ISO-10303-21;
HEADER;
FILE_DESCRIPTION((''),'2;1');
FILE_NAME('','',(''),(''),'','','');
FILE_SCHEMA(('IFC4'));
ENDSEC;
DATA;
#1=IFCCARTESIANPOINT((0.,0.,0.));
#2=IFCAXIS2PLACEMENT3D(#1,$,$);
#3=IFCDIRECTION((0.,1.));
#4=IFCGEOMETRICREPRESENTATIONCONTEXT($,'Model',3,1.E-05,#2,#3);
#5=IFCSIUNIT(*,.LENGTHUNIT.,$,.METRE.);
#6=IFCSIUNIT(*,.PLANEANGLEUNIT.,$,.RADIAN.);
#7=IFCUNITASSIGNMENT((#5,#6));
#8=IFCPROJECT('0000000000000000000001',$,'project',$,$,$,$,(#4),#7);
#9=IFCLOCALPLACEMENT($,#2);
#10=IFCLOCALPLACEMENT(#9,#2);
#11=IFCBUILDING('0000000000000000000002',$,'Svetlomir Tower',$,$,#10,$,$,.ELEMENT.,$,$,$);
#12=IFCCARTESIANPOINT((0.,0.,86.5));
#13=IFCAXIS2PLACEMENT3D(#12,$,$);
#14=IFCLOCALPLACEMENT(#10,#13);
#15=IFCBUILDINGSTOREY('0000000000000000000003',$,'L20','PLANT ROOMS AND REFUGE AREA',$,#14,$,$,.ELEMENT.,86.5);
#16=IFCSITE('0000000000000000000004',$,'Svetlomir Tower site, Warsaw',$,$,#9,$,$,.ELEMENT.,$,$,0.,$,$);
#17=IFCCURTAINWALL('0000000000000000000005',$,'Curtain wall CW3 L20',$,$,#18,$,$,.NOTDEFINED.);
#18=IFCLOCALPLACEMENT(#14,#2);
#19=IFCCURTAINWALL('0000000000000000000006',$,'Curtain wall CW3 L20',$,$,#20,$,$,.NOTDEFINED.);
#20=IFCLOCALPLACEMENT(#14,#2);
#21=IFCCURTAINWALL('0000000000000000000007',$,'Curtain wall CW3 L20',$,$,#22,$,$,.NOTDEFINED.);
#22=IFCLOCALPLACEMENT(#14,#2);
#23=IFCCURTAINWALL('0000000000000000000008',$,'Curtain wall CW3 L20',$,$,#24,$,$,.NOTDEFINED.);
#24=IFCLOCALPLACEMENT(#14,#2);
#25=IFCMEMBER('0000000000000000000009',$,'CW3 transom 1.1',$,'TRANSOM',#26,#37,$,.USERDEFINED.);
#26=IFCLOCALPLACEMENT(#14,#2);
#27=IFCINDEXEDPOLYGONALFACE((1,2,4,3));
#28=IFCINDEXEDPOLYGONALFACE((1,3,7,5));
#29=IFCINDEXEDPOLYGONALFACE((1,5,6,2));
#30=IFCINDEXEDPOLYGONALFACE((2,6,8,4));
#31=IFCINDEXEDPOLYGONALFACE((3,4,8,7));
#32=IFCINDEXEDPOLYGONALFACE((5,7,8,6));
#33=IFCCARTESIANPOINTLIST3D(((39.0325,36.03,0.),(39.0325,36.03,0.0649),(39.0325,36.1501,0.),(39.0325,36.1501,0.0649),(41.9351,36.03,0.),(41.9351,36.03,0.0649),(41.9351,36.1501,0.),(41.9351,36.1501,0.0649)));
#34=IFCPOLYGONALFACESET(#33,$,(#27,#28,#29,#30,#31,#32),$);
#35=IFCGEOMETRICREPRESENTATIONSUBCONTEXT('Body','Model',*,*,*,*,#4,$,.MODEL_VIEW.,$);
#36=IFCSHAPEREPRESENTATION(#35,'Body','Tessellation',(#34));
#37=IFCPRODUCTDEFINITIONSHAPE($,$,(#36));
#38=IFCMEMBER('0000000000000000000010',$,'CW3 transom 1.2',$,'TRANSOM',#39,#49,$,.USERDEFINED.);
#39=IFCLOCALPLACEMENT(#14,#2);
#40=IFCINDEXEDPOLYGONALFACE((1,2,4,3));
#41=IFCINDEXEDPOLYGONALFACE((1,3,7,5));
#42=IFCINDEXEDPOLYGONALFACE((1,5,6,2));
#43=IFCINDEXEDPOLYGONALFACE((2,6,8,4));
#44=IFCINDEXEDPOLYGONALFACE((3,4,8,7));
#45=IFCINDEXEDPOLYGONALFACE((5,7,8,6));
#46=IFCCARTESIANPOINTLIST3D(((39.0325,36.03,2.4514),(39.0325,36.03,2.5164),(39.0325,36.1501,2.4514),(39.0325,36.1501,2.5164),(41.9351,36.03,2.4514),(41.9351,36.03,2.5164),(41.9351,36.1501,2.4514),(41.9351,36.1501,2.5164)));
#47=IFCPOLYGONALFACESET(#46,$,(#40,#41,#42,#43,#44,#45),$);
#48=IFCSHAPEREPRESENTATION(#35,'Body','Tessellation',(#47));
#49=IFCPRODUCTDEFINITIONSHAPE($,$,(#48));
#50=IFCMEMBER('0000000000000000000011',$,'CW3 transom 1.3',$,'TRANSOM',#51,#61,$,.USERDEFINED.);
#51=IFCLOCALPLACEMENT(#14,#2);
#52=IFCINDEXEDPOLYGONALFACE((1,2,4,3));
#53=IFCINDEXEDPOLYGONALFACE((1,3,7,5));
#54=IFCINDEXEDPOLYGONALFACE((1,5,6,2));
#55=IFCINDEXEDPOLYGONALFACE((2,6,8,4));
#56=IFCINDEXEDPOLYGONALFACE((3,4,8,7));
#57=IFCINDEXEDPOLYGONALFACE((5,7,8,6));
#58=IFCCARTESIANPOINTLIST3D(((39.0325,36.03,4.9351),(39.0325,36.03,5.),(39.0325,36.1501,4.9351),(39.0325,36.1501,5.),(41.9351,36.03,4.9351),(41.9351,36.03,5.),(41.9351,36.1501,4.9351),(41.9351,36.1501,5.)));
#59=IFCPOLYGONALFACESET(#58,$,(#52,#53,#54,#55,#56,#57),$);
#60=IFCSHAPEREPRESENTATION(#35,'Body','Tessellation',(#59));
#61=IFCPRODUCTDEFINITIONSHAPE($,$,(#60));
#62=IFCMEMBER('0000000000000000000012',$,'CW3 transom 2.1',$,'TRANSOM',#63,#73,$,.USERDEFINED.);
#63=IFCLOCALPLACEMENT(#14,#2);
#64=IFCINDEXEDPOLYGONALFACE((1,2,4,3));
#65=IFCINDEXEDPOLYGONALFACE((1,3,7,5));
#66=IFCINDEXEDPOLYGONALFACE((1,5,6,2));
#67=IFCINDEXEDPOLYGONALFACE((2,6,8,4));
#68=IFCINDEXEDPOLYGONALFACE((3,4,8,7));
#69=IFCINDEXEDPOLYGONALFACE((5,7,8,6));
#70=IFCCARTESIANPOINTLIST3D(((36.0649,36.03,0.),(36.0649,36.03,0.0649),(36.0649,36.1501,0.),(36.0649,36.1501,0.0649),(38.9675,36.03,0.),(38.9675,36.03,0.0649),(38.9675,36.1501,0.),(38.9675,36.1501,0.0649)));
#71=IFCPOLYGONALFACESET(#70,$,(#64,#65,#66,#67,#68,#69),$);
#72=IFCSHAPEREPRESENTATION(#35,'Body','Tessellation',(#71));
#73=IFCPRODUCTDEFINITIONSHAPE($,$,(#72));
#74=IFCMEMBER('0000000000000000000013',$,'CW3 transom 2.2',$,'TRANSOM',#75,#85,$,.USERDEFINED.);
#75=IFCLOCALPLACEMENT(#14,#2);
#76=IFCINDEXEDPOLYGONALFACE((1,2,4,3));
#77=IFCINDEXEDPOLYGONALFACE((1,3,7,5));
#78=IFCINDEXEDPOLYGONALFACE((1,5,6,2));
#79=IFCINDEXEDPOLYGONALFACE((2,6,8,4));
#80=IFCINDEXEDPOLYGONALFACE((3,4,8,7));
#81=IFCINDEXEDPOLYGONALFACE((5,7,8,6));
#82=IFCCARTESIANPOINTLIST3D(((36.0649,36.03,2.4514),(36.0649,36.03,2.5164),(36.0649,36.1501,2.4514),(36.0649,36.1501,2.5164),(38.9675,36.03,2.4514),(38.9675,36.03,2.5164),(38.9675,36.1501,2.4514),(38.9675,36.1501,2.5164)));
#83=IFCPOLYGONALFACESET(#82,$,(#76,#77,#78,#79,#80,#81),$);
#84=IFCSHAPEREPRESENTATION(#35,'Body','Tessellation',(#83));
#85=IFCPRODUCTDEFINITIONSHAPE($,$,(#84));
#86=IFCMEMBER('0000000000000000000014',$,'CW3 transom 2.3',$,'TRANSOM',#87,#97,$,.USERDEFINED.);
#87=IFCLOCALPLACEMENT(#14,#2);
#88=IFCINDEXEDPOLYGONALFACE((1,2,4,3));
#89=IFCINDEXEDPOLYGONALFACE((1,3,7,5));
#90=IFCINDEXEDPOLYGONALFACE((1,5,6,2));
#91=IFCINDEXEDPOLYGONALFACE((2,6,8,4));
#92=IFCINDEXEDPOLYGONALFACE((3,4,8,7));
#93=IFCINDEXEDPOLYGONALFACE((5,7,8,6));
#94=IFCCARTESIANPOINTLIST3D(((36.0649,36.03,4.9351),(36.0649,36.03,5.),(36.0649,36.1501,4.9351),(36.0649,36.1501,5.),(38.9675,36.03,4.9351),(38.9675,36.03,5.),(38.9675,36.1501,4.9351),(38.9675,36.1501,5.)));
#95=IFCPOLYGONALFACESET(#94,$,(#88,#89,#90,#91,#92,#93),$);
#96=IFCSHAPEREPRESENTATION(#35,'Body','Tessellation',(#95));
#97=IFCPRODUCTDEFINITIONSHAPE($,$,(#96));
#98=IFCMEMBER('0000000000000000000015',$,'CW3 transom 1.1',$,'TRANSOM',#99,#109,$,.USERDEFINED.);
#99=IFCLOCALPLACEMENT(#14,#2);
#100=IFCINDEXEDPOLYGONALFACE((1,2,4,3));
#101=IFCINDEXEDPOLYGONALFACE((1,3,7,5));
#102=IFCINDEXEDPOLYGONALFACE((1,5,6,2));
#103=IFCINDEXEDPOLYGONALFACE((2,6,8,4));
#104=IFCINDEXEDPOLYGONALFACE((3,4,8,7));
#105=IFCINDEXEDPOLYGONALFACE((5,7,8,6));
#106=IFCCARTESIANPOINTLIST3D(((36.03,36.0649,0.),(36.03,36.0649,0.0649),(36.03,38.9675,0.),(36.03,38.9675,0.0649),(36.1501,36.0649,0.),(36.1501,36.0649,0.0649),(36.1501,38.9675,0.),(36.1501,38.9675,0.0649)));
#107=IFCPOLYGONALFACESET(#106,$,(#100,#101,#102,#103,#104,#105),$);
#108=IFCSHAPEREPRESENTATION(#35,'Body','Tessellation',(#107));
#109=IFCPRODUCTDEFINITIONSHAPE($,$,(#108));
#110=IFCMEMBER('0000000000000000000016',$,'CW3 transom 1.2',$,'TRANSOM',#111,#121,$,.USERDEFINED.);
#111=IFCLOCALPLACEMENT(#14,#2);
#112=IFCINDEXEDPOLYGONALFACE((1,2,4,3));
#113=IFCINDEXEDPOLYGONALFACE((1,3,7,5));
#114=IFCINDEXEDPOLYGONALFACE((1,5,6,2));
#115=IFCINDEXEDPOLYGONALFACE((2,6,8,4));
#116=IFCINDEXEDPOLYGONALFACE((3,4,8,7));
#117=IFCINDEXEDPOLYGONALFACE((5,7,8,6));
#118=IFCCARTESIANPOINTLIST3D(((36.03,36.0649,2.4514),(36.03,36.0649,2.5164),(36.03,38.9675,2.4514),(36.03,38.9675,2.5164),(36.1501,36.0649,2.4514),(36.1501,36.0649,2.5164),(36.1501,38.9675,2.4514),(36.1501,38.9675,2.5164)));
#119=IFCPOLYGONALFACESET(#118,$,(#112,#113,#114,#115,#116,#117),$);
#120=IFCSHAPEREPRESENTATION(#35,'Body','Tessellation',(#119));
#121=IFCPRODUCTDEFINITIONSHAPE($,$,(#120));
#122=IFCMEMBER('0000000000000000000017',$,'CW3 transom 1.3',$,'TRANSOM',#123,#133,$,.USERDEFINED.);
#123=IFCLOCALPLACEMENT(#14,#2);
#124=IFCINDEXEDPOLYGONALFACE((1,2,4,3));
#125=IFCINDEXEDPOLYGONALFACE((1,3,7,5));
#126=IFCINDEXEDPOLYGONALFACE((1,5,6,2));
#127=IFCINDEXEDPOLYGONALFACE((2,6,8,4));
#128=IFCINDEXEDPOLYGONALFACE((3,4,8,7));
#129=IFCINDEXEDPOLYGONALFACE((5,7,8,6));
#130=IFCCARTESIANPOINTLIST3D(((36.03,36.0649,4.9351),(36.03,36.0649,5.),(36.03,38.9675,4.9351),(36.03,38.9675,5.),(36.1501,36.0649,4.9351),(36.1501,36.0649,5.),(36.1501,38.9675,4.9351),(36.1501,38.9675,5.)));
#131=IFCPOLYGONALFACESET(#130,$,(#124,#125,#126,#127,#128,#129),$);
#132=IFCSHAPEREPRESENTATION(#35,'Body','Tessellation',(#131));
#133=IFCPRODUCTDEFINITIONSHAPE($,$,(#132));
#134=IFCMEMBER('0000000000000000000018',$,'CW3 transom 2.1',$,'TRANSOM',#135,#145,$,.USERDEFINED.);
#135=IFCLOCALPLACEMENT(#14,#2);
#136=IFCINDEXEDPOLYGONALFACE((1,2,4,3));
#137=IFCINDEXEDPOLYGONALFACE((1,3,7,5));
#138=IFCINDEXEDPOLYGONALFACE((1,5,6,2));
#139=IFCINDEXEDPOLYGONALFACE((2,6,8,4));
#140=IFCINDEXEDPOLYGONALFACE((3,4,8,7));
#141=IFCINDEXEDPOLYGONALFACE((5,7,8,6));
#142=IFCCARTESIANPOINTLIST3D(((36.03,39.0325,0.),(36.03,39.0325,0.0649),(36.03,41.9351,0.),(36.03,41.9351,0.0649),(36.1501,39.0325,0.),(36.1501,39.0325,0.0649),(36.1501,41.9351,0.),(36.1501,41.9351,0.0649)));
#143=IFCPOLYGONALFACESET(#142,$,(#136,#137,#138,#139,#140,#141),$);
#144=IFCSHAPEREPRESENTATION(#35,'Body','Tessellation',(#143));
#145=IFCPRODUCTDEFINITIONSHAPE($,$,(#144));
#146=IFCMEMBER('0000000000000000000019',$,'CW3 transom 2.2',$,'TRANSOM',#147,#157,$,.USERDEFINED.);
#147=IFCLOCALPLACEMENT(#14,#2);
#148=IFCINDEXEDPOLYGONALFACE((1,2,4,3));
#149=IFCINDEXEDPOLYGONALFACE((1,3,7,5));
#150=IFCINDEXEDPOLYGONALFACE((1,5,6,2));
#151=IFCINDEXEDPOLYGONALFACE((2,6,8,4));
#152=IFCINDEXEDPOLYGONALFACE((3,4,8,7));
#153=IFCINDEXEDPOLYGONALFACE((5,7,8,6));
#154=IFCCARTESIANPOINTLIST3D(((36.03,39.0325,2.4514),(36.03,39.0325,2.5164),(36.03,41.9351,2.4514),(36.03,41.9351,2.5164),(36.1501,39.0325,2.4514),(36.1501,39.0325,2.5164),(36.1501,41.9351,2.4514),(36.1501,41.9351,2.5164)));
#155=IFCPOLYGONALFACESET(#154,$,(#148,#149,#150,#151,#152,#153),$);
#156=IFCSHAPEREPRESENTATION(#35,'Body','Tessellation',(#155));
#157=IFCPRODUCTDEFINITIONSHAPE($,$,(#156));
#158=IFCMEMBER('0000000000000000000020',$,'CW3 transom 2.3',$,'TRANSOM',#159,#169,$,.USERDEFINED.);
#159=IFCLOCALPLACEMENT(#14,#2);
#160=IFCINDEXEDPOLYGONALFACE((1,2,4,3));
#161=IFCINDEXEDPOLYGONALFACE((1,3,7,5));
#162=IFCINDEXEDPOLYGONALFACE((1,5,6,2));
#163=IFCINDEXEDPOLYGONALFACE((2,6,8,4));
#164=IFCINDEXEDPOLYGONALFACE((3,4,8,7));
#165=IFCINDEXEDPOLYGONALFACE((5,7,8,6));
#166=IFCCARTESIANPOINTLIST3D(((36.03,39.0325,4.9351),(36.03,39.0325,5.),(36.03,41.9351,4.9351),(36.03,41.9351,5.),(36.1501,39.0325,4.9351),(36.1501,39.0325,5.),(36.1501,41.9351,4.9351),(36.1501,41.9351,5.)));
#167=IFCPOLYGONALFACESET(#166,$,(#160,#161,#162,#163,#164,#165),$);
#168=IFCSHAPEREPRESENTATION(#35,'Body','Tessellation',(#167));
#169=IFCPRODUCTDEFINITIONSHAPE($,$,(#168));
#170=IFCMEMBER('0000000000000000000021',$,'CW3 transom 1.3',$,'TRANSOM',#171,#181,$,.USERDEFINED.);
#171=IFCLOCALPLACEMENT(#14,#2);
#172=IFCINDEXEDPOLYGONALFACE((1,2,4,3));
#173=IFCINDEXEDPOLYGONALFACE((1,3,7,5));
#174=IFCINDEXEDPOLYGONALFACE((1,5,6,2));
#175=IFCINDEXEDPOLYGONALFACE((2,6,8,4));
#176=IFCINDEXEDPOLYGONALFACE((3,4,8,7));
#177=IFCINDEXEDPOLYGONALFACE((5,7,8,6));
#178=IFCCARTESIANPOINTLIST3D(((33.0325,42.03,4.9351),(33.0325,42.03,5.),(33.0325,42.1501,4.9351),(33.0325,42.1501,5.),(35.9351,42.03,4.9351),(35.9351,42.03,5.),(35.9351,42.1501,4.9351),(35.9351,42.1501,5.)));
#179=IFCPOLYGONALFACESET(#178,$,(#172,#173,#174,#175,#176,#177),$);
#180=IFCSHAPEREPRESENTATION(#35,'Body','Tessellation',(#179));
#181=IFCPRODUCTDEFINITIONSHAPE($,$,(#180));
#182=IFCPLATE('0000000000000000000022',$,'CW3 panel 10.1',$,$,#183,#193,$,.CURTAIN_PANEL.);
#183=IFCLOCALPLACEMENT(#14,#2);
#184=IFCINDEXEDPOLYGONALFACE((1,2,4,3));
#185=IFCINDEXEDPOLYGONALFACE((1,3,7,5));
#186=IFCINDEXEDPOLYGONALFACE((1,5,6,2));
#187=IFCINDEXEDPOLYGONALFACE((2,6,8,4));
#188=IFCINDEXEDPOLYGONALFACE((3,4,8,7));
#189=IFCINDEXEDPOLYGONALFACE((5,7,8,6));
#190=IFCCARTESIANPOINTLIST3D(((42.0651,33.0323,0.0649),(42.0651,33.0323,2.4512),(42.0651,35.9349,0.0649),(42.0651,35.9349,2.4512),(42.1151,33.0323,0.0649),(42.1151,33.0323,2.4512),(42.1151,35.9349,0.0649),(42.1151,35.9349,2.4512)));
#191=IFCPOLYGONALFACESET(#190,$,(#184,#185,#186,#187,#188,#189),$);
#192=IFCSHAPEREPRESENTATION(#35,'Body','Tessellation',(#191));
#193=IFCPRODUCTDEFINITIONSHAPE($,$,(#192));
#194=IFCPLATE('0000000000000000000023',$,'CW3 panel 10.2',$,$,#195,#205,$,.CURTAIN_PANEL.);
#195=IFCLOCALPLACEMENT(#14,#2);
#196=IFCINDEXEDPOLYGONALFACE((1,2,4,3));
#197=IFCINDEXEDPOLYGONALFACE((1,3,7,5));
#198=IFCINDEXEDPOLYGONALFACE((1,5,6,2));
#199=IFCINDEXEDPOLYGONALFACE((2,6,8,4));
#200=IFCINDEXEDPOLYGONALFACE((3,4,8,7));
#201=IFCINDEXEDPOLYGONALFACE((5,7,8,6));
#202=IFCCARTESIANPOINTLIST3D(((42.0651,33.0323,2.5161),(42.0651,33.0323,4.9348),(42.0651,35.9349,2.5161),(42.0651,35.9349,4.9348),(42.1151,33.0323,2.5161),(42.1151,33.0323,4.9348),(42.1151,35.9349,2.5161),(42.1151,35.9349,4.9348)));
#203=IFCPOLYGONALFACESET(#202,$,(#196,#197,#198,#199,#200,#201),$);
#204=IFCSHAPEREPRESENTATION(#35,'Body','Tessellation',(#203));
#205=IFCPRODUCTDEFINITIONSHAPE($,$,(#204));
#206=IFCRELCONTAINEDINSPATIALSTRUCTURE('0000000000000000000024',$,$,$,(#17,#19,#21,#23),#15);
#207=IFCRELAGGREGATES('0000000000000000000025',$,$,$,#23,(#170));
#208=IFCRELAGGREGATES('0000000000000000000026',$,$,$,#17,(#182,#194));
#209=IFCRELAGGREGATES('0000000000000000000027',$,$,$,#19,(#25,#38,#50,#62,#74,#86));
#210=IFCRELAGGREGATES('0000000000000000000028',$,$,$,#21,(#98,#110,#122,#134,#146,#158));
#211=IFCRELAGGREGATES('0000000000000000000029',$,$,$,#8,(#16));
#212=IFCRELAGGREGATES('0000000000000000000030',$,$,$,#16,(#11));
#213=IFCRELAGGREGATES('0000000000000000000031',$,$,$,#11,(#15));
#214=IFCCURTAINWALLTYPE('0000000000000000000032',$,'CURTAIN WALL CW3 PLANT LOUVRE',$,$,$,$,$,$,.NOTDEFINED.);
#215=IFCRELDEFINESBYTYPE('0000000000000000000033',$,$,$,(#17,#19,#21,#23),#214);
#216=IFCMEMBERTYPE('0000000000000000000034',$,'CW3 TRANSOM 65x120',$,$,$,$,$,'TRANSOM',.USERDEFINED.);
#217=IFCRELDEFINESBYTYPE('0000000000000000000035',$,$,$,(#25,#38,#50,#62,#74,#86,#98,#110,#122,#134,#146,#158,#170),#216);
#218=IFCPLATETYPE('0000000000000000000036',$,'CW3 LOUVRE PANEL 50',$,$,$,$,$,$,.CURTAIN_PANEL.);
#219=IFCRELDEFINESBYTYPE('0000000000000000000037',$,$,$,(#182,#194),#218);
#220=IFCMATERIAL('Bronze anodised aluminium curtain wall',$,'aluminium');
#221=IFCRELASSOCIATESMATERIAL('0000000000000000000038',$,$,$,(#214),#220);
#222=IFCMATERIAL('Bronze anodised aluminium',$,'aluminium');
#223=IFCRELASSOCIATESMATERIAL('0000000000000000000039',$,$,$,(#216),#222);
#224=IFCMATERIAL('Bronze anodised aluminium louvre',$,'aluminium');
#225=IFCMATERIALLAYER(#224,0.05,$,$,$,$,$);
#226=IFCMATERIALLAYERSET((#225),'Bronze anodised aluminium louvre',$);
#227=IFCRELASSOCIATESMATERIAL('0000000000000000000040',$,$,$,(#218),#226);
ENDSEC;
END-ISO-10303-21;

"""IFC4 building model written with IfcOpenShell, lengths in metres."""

from ifc_helpers import new_model, si_unit, direction, frame, origin, origin_2d, place, context, subcontext, project, spatial, rectangle, extrude, material, layer, layer_set, material_profile, profile_set, type_object, element, aggregate, save


model = new_model("IFC4")

# Units and contexts
model_context = context("Model", 3, precision=1e-05, world=origin(), true_north=direction((0.0, 1.0)))
body_context = subcontext(model_context, "Body", "Model", "MODEL_VIEW")
ifc_project = project(units=[si_unit("LENGTHUNIT", "METRE"), si_unit("PLANEANGLEUNIT", "RADIAN")], contexts=[model_context])

# Site, building, storey
site_placement = place(None, origin())
site = spatial("IfcSite", under=ifc_project, at=site_placement, Name="Svetlomir Tower site, Warsaw", CompositionType="ELEMENT", RefElevation=0.0)
building_placement = place(site_placement, origin())
building = spatial("IfcBuilding", under=site, at=building_placement, Name="Svetlomir Tower", CompositionType="ELEMENT")
storey_placement = place(building_placement, frame((0.0, 0.0, 86.5)))
storey = spatial("IfcBuildingStorey", under=building, at=storey_placement, Name="L20", Description="PLANT ROOMS AND REFUGE AREA", CompositionType="ELEMENT", Elevation=86.5)

# Curtain walls
ifc_material_1 = material(Name="Bronze anodised aluminium curtain wall", Category="aluminium")
curtain_wall_type = type_object("IfcCurtainWallType", Name="CURTAIN WALL CW3 PLANT LOUVRE", PredefinedType="NOTDEFINED", material=ifc_material_1)
curtain_wall_1_placement = place(storey_placement, origin())
curtain_wall_1 = element("IfcCurtainWall", 1, at=curtain_wall_1_placement, inside=storey, type_object=curtain_wall_type, Name="Curtain wall CW3 L20", PredefinedType="NOTDEFINED")
curtain_wall_2_placement = place(storey_placement, origin())
curtain_wall_2 = element("IfcCurtainWall", 2, at=curtain_wall_2_placement, inside=storey, type_object=curtain_wall_type, Name="Curtain wall CW3 L20", PredefinedType="NOTDEFINED")
curtain_wall_3_placement = place(storey_placement, origin())
curtain_wall_3 = element("IfcCurtainWall", 3, at=curtain_wall_3_placement, inside=storey, type_object=curtain_wall_type, Name="Curtain wall CW3 L20", PredefinedType="NOTDEFINED")

# Curtain wall
curtain_wall_4_placement = place(storey_placement, origin())
curtain_wall_4 = element("IfcCurtainWall", 4, at=curtain_wall_4_placement, inside=storey, type_object=curtain_wall_type, Name="Curtain wall CW3 L20", PredefinedType="NOTDEFINED")

# Members
ifc_material_2 = material(Name="Bronze anodised aluminium", Category="aluminium")
ifc_material_profile_1 = material_profile(ifc_material_2, rectangle(XDim=0.1201, YDim=0.0649, at=origin_2d()), Name="AL 120x65")
ifc_profile_set_1 = profile_set([ifc_material_profile_1], Name="Bronze anodised aluminium 6063-T6")
member_type_1 = type_object("IfcMemberType", Name="CW3 TRANSOM 65x120", ElementType="TRANSOM", PredefinedType="USERDEFINED", material=ifc_profile_set_1)
member_1_placement = place(storey_placement, frame((41.9351, 36.0901, 0.0325), z_axis=(-1.0, 0.0, 0.0), x_axis=(0.0, -1.0, 0.0)))
member_1 = element("IfcMember", 5, at=member_1_placement, type_object=member_type_1, Name="CW3 transom 1.1", ObjectType="TRANSOM", PredefinedType="USERDEFINED", context=body_context, shape_type="SweptSolid", body=[
    extrude(rectangle(XDim=0.1201, YDim=0.0649, at=origin_2d()), origin(), (0.0, 0.0, 1.0), 2.9026),
])
member_2_placement = place(storey_placement, frame((41.9351, 36.0901, 2.4839), z_axis=(-1.0, 0.0, 0.0), x_axis=(0.0, -1.0, 0.0)))
member_2 = element("IfcMember", 6, at=member_2_placement, type_object=member_type_1, Name="CW3 transom 1.2", ObjectType="TRANSOM", PredefinedType="USERDEFINED", context=body_context, shape_type="SweptSolid", body=[
    extrude(rectangle(XDim=0.1201, YDim=0.0649, at=origin_2d()), origin(), (0.0, 0.0, 1.0), 2.9026),
])
member_3_placement = place(storey_placement, frame((41.9351, 36.0901, 4.9675), z_axis=(-1.0, 0.0, 0.0), x_axis=(0.0, -1.0, 0.0)))
member_3 = element("IfcMember", 7, at=member_3_placement, type_object=member_type_1, Name="CW3 transom 1.3", ObjectType="TRANSOM", PredefinedType="USERDEFINED", context=body_context, shape_type="SweptSolid", body=[
    extrude(rectangle(XDim=0.1201, YDim=0.0649, at=origin_2d()), origin(), (0.0, 0.0, 1.0), 2.9026),
])
member_4_placement = place(storey_placement, frame((38.9675, 36.0901, 0.0325), z_axis=(-1.0, 0.0, 0.0), x_axis=(0.0, -1.0, 0.0)))
member_4 = element("IfcMember", 8, at=member_4_placement, type_object=member_type_1, Name="CW3 transom 2.1", ObjectType="TRANSOM", PredefinedType="USERDEFINED", context=body_context, shape_type="SweptSolid", body=[
    extrude(rectangle(XDim=0.1201, YDim=0.0649, at=origin_2d()), origin(), (0.0, 0.0, 1.0), 2.9026),
])
member_5_placement = place(storey_placement, frame((38.9675, 36.0901, 2.4839), z_axis=(-1.0, 0.0, 0.0), x_axis=(0.0, -1.0, 0.0)))
member_5 = element("IfcMember", 9, at=member_5_placement, type_object=member_type_1, Name="CW3 transom 2.2", ObjectType="TRANSOM", PredefinedType="USERDEFINED", context=body_context, shape_type="SweptSolid", body=[
    extrude(rectangle(XDim=0.1201, YDim=0.0649, at=origin_2d()), origin(), (0.0, 0.0, 1.0), 2.9026),
])
member_6_placement = place(storey_placement, frame((38.9675, 36.0901, 4.9675), z_axis=(-1.0, 0.0, 0.0), x_axis=(0.0, -1.0, 0.0)))
member_6 = element("IfcMember", 10, at=member_6_placement, type_object=member_type_1, Name="CW3 transom 2.3", ObjectType="TRANSOM", PredefinedType="USERDEFINED", context=body_context, shape_type="SweptSolid", body=[
    extrude(rectangle(XDim=0.1201, YDim=0.0649, at=origin_2d()), origin(), (0.0, 0.0, 1.0), 2.9026),
])
member_7_placement = place(storey_placement, frame((36.0901, 36.0649, 0.0325), z_axis=(0.0, 1.0, 0.0), x_axis=(-1.0, 0.0, 0.0)))
member_7 = element("IfcMember", 11, at=member_7_placement, type_object=member_type_1, Name="CW3 transom 1.1", ObjectType="TRANSOM", PredefinedType="USERDEFINED", context=body_context, shape_type="SweptSolid", body=[
    extrude(rectangle(XDim=0.1201, YDim=0.0649, at=origin_2d()), origin(), (0.0, 0.0, 1.0), 2.9026),
])
member_8_placement = place(storey_placement, frame((36.0901, 36.0649, 2.4839), z_axis=(0.0, 1.0, 0.0), x_axis=(-1.0, 0.0, 0.0)))
member_8 = element("IfcMember", 12, at=member_8_placement, type_object=member_type_1, Name="CW3 transom 1.2", ObjectType="TRANSOM", PredefinedType="USERDEFINED", context=body_context, shape_type="SweptSolid", body=[
    extrude(rectangle(XDim=0.1201, YDim=0.0649, at=origin_2d()), origin(), (0.0, 0.0, 1.0), 2.9026),
])
member_9_placement = place(storey_placement, frame((36.0901, 36.0649, 4.9675), z_axis=(0.0, 1.0, 0.0), x_axis=(-1.0, 0.0, 0.0)))
member_9 = element("IfcMember", 13, at=member_9_placement, type_object=member_type_1, Name="CW3 transom 1.3", ObjectType="TRANSOM", PredefinedType="USERDEFINED", context=body_context, shape_type="SweptSolid", body=[
    extrude(rectangle(XDim=0.1201, YDim=0.0649, at=origin_2d()), origin(), (0.0, 0.0, 1.0), 2.9026),
])
member_10_placement = place(storey_placement, frame((36.0901, 39.0325, 0.0325), z_axis=(0.0, 1.0, 0.0), x_axis=(-1.0, 0.0, 0.0)))
member_10 = element("IfcMember", 14, at=member_10_placement, type_object=member_type_1, Name="CW3 transom 2.1", ObjectType="TRANSOM", PredefinedType="USERDEFINED", context=body_context, shape_type="SweptSolid", body=[
    extrude(rectangle(XDim=0.1201, YDim=0.0649, at=origin_2d()), origin(), (0.0, 0.0, 1.0), 2.9026),
])
member_11_placement = place(storey_placement, frame((36.0901, 39.0325, 2.4839), z_axis=(0.0, 1.0, 0.0), x_axis=(-1.0, 0.0, 0.0)))
member_11 = element("IfcMember", 15, at=member_11_placement, type_object=member_type_1, Name="CW3 transom 2.2", ObjectType="TRANSOM", PredefinedType="USERDEFINED", context=body_context, shape_type="SweptSolid", body=[
    extrude(rectangle(XDim=0.1201, YDim=0.0649, at=origin_2d()), origin(), (0.0, 0.0, 1.0), 2.9026),
])
member_12_placement = place(storey_placement, frame((36.0901, 39.0325, 4.9675), z_axis=(0.0, 1.0, 0.0), x_axis=(-1.0, 0.0, 0.0)))
member_12 = element("IfcMember", 16, at=member_12_placement, type_object=member_type_1, Name="CW3 transom 2.3", ObjectType="TRANSOM", PredefinedType="USERDEFINED", context=body_context, shape_type="SweptSolid", body=[
    extrude(rectangle(XDim=0.1201, YDim=0.0649, at=origin_2d()), origin(), (0.0, 0.0, 1.0), 2.9026),
])
member_13_placement = place(storey_placement, frame((35.9351, 42.0901, 4.9675), z_axis=(-1.0, 0.0, 0.0), x_axis=(0.0, -1.0, 0.0)))
member_13 = element("IfcMember", 17, at=member_13_placement, type_object=member_type_1, Name="CW3 transom 1.3", ObjectType="TRANSOM", PredefinedType="USERDEFINED", context=body_context, shape_type="SweptSolid", body=[
    extrude(rectangle(XDim=0.1201, YDim=0.0649, at=origin_2d()), origin(), (0.0, 0.0, 1.0), 2.9026),
])
aggregate(curtain_wall_4, [member_13])

# Plates
ifc_material_3 = material(Name="Bronze anodised aluminium louvre", Category="aluminium")
ifc_layer = layer(ifc_material_3, 0.05)
ifc_layer_set = layer_set([ifc_layer], Name="Bronze anodised aluminium louvre")
plate_type = type_object("IfcPlateType", Name="CW3 LOUVRE PANEL 50", PredefinedType="CURTAIN_PANEL", material=ifc_layer_set)
plate_1_placement = place(storey_placement, frame((42.0901, 34.4836, 0.0649), z_axis=(0.0, 0.0, 1.0), x_axis=(0.0, 1.0, 0.0)))
plate_1 = element("IfcPlate", 18, at=plate_1_placement, type_object=plate_type, Name="CW3 panel 10.1", PredefinedType="CURTAIN_PANEL", context=body_context, shape_type="SweptSolid", body=[
    extrude(rectangle(XDim=2.9026, YDim=0.05, at=origin_2d()), origin(), (0.0, 0.0, 1.0), 2.3862),
])
plate_2_placement = place(storey_placement, frame((42.0901, 34.4836, 2.5161), z_axis=(0.0, 0.0, 1.0), x_axis=(0.0, 1.0, 0.0)))
plate_2 = element("IfcPlate", 19, at=plate_2_placement, type_object=plate_type, Name="CW3 panel 10.2", PredefinedType="CURTAIN_PANEL", context=body_context, shape_type="SweptSolid", body=[
    extrude(rectangle(XDim=2.9026, YDim=0.05, at=origin_2d()), origin(), (0.0, 0.0, 1.0), 2.4187),
])
aggregate(curtain_wall_1, [plate_1, plate_2])
aggregate(curtain_wall_2, [member_1, member_2, member_3, member_4, member_5, member_6])
aggregate(curtain_wall_3, [member_7, member_8, member_9, member_10, member_11, member_12])

save(model, "model.ifc")
